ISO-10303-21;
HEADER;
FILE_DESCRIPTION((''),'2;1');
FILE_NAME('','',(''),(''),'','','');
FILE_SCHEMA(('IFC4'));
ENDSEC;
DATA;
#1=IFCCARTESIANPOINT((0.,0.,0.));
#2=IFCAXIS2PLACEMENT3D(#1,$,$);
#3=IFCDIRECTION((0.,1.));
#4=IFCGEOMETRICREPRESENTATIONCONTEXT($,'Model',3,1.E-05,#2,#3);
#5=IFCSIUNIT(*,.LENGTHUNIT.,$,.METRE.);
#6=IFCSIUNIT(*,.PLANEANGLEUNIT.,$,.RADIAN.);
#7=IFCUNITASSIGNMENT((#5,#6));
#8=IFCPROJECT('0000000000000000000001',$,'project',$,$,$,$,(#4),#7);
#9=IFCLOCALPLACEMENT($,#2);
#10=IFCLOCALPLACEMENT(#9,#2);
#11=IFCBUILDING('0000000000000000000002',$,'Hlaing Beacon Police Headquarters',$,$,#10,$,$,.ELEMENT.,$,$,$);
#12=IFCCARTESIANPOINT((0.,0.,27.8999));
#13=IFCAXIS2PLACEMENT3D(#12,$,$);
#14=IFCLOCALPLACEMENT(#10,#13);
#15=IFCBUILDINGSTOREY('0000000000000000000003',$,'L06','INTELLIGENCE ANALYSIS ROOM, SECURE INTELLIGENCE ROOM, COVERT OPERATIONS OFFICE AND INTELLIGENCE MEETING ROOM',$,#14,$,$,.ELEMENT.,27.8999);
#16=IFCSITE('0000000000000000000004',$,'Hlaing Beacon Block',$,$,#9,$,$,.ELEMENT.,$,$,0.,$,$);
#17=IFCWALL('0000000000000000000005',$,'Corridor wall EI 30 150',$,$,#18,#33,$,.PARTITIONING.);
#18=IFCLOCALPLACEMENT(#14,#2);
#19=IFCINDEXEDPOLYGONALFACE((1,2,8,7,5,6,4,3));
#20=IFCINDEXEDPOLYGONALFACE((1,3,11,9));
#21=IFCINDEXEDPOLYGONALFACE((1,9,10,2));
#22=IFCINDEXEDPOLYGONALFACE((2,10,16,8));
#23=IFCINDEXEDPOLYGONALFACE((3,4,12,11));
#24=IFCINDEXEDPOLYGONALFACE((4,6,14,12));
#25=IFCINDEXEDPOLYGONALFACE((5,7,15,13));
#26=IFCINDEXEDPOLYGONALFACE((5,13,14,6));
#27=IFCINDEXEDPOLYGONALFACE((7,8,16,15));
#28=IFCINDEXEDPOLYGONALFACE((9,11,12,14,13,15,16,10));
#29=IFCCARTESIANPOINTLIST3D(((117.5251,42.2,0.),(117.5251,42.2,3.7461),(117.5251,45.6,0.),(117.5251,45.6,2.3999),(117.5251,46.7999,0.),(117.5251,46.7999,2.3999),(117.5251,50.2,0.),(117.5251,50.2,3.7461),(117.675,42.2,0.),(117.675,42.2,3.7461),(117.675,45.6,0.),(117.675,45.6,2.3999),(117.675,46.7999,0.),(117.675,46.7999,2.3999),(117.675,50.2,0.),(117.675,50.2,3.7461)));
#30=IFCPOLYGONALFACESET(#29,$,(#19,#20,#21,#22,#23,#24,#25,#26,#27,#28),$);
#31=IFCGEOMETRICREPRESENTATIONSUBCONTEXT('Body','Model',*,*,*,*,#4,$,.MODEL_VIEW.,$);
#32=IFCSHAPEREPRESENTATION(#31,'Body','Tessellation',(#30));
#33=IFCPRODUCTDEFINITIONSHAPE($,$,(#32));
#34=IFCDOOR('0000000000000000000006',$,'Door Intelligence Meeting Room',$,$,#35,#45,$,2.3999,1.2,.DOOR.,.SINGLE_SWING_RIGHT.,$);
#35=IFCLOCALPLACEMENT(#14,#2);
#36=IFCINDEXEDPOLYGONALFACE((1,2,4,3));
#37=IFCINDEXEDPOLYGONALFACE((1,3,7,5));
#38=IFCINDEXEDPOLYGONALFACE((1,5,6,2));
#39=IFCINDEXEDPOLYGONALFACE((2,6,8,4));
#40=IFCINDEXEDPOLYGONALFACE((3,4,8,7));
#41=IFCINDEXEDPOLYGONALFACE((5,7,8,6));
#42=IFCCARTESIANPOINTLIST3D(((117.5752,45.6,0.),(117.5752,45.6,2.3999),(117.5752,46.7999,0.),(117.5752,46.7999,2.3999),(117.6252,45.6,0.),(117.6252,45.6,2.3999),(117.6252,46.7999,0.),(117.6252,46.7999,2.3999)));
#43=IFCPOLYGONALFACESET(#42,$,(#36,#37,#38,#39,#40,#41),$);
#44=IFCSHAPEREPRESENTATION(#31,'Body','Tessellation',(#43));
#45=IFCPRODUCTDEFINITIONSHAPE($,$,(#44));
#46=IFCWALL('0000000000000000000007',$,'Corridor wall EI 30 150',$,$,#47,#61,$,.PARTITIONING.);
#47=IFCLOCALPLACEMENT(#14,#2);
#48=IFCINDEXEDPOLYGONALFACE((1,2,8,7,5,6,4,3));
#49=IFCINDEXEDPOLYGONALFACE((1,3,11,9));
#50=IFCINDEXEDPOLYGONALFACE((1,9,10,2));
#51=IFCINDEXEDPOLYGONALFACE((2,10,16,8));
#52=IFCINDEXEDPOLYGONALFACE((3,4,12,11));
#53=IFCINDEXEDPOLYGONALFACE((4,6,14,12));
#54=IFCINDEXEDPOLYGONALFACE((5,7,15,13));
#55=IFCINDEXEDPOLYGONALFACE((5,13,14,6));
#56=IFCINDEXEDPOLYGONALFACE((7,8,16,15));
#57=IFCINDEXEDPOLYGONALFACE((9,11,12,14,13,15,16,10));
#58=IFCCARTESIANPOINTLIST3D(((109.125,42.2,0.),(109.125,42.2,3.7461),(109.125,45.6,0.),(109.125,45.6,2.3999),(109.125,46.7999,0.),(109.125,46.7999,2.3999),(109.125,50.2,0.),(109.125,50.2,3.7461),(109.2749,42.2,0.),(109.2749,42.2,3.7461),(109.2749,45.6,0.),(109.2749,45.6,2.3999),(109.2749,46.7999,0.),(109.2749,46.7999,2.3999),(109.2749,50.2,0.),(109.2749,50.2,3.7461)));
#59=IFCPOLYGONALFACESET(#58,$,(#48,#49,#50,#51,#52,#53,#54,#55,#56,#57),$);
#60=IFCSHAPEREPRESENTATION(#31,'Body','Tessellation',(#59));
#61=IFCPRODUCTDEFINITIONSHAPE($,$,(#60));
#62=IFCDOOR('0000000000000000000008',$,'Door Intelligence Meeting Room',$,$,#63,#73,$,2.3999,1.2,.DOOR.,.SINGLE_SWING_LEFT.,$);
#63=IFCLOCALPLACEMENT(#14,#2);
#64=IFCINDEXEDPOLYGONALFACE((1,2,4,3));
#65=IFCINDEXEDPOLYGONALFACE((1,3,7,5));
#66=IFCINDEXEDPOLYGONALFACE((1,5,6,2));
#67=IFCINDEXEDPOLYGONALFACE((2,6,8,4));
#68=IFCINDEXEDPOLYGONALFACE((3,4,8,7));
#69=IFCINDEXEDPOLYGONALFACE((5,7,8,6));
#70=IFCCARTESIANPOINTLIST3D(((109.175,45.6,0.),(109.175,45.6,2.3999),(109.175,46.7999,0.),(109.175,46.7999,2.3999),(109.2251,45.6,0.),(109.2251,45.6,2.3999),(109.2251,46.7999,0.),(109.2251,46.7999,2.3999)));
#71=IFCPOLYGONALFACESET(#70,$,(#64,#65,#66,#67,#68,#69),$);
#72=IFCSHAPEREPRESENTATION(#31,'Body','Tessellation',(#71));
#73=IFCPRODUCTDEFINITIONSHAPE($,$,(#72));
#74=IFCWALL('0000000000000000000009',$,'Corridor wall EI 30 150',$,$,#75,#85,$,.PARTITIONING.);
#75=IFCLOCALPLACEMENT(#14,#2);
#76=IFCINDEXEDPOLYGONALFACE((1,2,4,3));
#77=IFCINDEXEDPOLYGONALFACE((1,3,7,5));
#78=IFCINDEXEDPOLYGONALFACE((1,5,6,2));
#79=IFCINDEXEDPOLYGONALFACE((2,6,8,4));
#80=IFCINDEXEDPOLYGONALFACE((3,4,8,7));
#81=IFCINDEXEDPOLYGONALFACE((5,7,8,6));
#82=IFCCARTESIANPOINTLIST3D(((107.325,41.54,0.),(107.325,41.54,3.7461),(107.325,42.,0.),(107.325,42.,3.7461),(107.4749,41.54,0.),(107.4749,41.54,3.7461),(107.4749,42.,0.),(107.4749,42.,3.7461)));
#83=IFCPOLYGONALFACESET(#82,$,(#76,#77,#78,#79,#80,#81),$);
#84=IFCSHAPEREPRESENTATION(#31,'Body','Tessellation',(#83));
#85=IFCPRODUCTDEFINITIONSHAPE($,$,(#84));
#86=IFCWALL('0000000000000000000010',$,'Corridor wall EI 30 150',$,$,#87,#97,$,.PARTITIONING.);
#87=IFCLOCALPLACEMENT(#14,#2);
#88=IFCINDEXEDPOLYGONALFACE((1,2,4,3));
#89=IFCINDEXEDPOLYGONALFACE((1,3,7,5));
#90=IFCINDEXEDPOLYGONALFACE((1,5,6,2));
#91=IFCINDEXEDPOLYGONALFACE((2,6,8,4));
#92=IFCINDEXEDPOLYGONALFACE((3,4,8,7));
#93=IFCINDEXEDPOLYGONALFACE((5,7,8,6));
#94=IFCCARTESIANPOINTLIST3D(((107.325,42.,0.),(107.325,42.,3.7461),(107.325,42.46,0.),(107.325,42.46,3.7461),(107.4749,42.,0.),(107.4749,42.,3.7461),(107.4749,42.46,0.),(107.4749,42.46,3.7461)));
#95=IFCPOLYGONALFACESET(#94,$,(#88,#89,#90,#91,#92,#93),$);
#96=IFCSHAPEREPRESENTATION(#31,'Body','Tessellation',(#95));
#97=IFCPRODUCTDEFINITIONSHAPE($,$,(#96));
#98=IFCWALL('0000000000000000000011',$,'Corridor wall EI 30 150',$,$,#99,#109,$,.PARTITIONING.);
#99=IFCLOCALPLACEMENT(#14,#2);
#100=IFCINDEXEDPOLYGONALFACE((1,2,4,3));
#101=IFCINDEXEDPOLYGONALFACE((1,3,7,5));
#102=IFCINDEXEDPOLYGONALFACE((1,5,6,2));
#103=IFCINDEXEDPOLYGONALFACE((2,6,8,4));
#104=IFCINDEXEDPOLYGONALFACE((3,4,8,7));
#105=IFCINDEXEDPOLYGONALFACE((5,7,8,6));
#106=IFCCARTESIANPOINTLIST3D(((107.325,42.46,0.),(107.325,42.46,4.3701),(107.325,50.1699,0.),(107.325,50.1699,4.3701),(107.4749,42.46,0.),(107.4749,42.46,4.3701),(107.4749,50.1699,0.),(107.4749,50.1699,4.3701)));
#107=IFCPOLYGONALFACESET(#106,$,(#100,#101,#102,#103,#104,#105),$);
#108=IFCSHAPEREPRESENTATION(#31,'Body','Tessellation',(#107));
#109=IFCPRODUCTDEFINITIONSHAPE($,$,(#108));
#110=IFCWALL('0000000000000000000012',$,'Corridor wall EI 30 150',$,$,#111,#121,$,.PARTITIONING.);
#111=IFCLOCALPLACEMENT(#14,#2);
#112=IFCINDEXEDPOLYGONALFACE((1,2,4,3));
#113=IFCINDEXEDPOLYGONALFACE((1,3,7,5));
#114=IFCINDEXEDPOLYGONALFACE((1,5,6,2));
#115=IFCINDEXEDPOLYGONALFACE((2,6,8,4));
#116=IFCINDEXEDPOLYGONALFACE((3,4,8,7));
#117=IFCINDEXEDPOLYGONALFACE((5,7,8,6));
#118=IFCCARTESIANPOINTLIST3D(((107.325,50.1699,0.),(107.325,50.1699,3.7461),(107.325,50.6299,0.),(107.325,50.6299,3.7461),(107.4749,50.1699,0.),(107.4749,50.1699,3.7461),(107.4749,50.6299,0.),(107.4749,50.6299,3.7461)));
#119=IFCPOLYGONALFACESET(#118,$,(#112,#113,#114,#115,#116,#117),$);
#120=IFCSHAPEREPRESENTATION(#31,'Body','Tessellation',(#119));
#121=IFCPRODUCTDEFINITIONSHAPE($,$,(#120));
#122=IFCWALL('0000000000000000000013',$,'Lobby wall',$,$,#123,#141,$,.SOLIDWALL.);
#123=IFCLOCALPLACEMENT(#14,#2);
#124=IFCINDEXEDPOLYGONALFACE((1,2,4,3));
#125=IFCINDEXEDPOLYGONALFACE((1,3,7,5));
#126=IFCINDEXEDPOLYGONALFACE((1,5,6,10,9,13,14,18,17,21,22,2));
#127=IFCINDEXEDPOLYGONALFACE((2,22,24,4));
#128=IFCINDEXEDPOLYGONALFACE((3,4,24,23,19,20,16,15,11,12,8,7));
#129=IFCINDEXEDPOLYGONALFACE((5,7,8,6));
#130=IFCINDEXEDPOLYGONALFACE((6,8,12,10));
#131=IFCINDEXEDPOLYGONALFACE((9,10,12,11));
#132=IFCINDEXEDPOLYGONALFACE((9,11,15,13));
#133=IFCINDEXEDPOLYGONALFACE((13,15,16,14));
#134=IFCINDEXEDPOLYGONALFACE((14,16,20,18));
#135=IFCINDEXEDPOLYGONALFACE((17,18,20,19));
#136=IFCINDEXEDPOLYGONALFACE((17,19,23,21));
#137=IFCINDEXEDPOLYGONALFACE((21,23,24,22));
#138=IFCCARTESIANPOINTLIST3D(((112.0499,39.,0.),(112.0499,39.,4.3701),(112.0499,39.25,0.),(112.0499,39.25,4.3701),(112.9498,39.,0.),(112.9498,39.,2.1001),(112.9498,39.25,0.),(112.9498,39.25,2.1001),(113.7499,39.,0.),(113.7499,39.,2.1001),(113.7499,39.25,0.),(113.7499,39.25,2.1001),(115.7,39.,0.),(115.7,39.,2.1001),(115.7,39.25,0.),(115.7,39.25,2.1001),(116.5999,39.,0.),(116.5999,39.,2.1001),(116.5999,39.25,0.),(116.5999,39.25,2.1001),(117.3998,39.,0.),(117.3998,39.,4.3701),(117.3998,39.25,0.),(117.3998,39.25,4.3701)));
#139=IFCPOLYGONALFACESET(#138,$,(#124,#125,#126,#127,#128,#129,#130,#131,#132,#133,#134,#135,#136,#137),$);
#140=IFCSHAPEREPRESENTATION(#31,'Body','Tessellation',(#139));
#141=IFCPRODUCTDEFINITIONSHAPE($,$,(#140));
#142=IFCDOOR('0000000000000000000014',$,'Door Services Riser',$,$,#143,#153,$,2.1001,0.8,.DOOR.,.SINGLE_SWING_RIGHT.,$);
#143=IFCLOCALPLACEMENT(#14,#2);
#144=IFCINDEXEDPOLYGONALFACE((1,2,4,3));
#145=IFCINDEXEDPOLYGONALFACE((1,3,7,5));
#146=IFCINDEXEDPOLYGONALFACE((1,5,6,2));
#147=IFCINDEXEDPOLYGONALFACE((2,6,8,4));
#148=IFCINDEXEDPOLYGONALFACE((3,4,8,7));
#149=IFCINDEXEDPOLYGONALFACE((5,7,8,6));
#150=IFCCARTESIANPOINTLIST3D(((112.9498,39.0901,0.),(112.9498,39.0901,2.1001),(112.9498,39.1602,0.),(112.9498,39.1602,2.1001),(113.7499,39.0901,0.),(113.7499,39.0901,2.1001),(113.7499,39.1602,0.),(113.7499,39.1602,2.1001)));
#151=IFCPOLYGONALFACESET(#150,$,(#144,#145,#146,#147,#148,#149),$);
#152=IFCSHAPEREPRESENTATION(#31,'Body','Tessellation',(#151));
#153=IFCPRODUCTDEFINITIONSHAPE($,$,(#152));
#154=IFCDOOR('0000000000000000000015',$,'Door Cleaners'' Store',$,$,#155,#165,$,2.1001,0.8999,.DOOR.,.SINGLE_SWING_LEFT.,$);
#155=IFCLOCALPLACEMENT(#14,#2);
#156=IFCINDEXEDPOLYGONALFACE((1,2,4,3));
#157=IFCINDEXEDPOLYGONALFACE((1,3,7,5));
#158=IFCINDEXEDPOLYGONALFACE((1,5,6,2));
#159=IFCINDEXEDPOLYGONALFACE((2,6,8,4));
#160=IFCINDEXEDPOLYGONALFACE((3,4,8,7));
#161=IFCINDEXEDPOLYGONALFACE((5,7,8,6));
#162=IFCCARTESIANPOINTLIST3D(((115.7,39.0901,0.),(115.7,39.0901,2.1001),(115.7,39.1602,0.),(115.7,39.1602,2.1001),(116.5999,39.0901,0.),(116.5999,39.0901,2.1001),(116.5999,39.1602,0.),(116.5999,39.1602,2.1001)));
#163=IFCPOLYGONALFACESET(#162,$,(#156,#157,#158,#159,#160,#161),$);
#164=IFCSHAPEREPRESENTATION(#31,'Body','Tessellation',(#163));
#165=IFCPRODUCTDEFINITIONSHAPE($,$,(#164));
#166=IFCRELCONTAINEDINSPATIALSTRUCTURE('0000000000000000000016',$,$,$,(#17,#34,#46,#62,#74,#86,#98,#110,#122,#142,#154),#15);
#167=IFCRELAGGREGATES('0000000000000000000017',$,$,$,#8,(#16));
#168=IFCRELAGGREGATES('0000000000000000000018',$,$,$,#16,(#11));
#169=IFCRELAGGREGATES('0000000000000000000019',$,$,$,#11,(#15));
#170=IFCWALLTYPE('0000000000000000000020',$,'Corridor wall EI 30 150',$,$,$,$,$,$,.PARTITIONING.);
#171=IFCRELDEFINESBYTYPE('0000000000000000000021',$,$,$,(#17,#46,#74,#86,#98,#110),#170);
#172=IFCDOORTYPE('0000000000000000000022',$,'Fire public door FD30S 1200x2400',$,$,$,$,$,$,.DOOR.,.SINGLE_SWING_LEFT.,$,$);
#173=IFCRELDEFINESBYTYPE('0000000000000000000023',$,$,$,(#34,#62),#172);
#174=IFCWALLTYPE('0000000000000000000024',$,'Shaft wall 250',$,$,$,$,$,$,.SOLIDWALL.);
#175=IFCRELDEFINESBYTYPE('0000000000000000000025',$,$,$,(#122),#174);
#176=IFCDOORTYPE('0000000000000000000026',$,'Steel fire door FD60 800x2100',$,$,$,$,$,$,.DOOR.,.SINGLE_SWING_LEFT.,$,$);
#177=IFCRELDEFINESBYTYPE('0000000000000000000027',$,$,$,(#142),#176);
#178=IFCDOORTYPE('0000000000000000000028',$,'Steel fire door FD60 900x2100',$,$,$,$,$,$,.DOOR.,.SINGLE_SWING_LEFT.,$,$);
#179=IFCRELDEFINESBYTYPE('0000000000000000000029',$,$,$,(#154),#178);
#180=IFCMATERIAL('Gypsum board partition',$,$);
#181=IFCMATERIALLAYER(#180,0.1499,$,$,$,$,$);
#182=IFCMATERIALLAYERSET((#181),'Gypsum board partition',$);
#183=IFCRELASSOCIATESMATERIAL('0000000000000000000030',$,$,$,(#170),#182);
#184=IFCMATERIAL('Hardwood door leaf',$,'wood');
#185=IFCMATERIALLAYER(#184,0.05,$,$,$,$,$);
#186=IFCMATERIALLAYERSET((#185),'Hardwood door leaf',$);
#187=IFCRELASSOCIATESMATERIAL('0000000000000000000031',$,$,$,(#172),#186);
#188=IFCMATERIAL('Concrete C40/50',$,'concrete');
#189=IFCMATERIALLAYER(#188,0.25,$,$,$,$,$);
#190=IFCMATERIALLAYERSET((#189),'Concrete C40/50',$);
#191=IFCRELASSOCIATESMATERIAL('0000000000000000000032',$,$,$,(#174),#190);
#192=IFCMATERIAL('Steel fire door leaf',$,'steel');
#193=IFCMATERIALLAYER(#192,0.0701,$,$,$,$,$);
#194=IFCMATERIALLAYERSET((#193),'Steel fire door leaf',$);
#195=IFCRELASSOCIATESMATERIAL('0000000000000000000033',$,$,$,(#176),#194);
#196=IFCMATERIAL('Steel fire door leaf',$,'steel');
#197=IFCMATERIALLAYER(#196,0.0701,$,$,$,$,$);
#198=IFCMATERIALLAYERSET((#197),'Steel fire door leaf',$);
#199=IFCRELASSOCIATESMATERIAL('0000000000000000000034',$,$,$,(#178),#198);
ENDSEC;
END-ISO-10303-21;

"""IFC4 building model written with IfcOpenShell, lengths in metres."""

from ifc_helpers import new_model, si_unit, direction, frame, frame_2d, origin, place, context, subcontext, project, spatial, rectangle, extrude, material, layer, layer_set, type_object, element, fill, save


model = new_model("IFC4")

# Units and contexts
model_context = context("Model", 3, precision=1e-05, world=origin(), true_north=direction((0.0, 1.0)))
body_context = subcontext(model_context, "Body", "Model", "MODEL_VIEW")
ifc_project = project(units=[si_unit("LENGTHUNIT", "METRE"), si_unit("PLANEANGLEUNIT", "RADIAN")], contexts=[model_context])

# Site, building, storey
site_placement = place(None, origin())
site = spatial("IfcSite", under=ifc_project, at=site_placement, Name="Hlaing Beacon Block", CompositionType="ELEMENT", RefElevation=0.0)
building_placement = place(site_placement, origin())
building = spatial("IfcBuilding", under=site, at=building_placement, Name="Hlaing Beacon Police Headquarters", CompositionType="ELEMENT")
storey_placement = place(building_placement, frame((0.0, 0.0, 27.8999)))
storey = spatial("IfcBuildingStorey", under=building, at=storey_placement, Name="L06", Description="INTELLIGENCE ANALYSIS ROOM, SECURE INTELLIGENCE ROOM, COVERT OPERATIONS OFFICE AND INTELLIGENCE MEETING ROOM", CompositionType="ELEMENT", Elevation=27.8999)

# Walls, openings, doors
ifc_material_1 = material(Name="Gypsum board partition")
ifc_layer_1 = layer(ifc_material_1, 0.1499)
ifc_layer_set_1 = layer_set([ifc_layer_1], Name="Gypsum board partition")
wall_type_1 = type_object("IfcWallType", Name="Corridor wall EI 30 150", PredefinedType="PARTITIONING", material=ifc_layer_set_1)
wall_1_placement = place(storey_placement, frame((117.6001, 42.2, 0.0), z_axis=(0.0, 0.0, 1.0), x_axis=(0.0, 1.0, 0.0)))
wall_1 = element("IfcWall", 1, at=wall_1_placement, inside=storey, type_object=wall_type_1, Name="Corridor wall EI 30 150", PredefinedType="PARTITIONING", context=body_context, shape_type="SweptSolid", body=[
    extrude(rectangle(XDim=8.0, YDim=0.1499, at=frame_2d((4.0, 0.0))), origin(), (0.0, 0.0, 1.0), 3.7461),
])
opening_1_placement = place(wall_1_placement, frame((3.3999, 0.0, 0.0)))
opening_1 = element("IfcOpeningElement", 2, at=opening_1_placement, cuts=wall_1, PredefinedType="OPENING", context=body_context, shape_type="SweptSolid", body=[
    extrude(rectangle(XDim=1.2, YDim=2.3999, at=frame_2d((0.6001, 1.2))), frame((0.0, 0.085, 0.0), z_axis=(0.0, -1.0, 0.0), x_axis=(1.0, 0.0, 0.0)), (0.0, 0.0, 1.0), 0.1699),
])
ifc_material_2 = material(Name="Hardwood door leaf", Category="wood")
ifc_layer_2 = layer(ifc_material_2, 0.05)
ifc_layer_set_2 = layer_set([ifc_layer_2], Name="Hardwood door leaf")
door_type_1 = type_object("IfcDoorType", Name="Fire public door FD30S 1200x2400", OperationType="SINGLE_SWING_LEFT", PredefinedType="DOOR", material=ifc_layer_set_2)
door_1_placement = place(opening_1_placement, frame((1.2, 0.0, 0.0), z_axis=(0.0, 0.0, 1.0), x_axis=(-1.0, 0.0, 0.0)))
door_1 = element("IfcDoor", 3, at=door_1_placement, inside=storey, type_object=door_type_1, Name="Door Intelligence Meeting Room", OperationType="SINGLE_SWING_RIGHT", OverallHeight=2.3999, OverallWidth=1.2, PredefinedType="DOOR", context=body_context, shape_type="SweptSolid", body=[
    extrude(rectangle(XDim=1.2, YDim=2.3999, at=frame_2d((0.5999, 1.2))), frame((0.0, 0.0251, 0.0), z_axis=(0.0, -1.0, 0.0), x_axis=(1.0, 0.0, 0.0)), (0.0, 0.0, 1.0), 0.05),
])
fill(opening_1, door_1)
wall_2_placement = place(storey_placement, frame((109.2, 42.2, 0.0), z_axis=(0.0, 0.0, 1.0), x_axis=(0.0, 1.0, 0.0)))
wall_2 = element("IfcWall", 4, at=wall_2_placement, inside=storey, type_object=wall_type_1, Name="Corridor wall EI 30 150", PredefinedType="PARTITIONING", context=body_context, shape_type="SweptSolid", body=[
    extrude(rectangle(XDim=8.0, YDim=0.1499, at=frame_2d((4.0, 0.0))), origin(), (0.0, 0.0, 1.0), 3.7461),
])
opening_2_placement = place(wall_2_placement, frame((3.3999, 0.0, 0.0)))
opening_2 = element("IfcOpeningElement", 5, at=opening_2_placement, cuts=wall_2, PredefinedType="OPENING", context=body_context, shape_type="SweptSolid", body=[
    extrude(rectangle(XDim=1.2, YDim=2.3999, at=frame_2d((0.6001, 1.2))), frame((0.0, 0.085, 0.0), z_axis=(0.0, -1.0, 0.0), x_axis=(1.0, 0.0, 0.0)), (0.0, 0.0, 1.0), 0.1699),
])
door_2_placement = place(opening_2_placement, origin())
door_2 = element("IfcDoor", 6, at=door_2_placement, inside=storey, type_object=door_type_1, Name="Door Intelligence Meeting Room", OperationType="SINGLE_SWING_LEFT", OverallHeight=2.3999, OverallWidth=1.2, PredefinedType="DOOR", context=body_context, shape_type="SweptSolid", body=[
    extrude(rectangle(XDim=1.2, YDim=2.3999, at=frame_2d((0.6001, 1.2))), frame((0.0, 0.0249, 0.0), z_axis=(0.0, -1.0, 0.0), x_axis=(1.0, 0.0, 0.0)), (0.0, 0.0, 1.0), 0.05),
])
fill(opening_2, door_2)

# Walls
for number, where, z_axis, x_axis, name in (
    (7, (107.3999, 41.54, 0.0), (0.0, 0.0, 1.0), (0.0, 1.0, 0.0), "Corridor wall EI 30 150"),
    (8, (107.3999, 42.0, 0.0), (0.0, 0.0, 1.0), (0.0, 1.0, 0.0), "Corridor wall EI 30 150"),
):
    element("IfcWall", number, at=place(storey_placement, frame(where, z_axis=z_axis, x_axis=x_axis)), inside=storey, type_object=wall_type_1, Name=name, PredefinedType="PARTITIONING", context=body_context, shape_type="SweptSolid", body=[
        extrude(rectangle(XDim=0.46, YDim=0.1499, at=frame_2d((0.23, 0.0))), origin(), (0.0, 0.0, 1.0), 3.7461),
    ])
wall_3_placement = place(storey_placement, frame((107.3999, 42.46, 0.0), z_axis=(0.0, 0.0, 1.0), x_axis=(0.0, 1.0, 0.0)))
element("IfcWall", 9, at=wall_3_placement, inside=storey, type_object=wall_type_1, Name="Corridor wall EI 30 150", PredefinedType="PARTITIONING", context=body_context, shape_type="SweptSolid", body=[
    extrude(rectangle(XDim=7.71, YDim=0.1499, at=frame_2d((3.855, 0.0))), origin(), (0.0, 0.0, 1.0), 4.3701),
])
wall_4_placement = place(storey_placement, frame((107.3999, 50.1699, 0.0), z_axis=(0.0, 0.0, 1.0), x_axis=(0.0, 1.0, 0.0)))
element("IfcWall", 10, at=wall_4_placement, inside=storey, type_object=wall_type_1, Name="Corridor wall EI 30 150", PredefinedType="PARTITIONING", context=body_context, shape_type="SweptSolid", body=[
    extrude(rectangle(XDim=0.46, YDim=0.1499, at=frame_2d((0.23, 0.0))), origin(), (0.0, 0.0, 1.0), 3.7461),
])

# Wall, openings, doors
ifc_material_3 = material(Name="Concrete C40/50", Category="concrete")
ifc_layer_3 = layer(ifc_material_3, 0.25)
ifc_layer_set_3 = layer_set([ifc_layer_3], Name="Concrete C40/50")
wall_type_2 = type_object("IfcWallType", Name="Shaft wall 250", PredefinedType="SOLIDWALL", material=ifc_layer_set_3)
wall_5_placement = place(storey_placement, frame((112.05, 39.125, 0.0), z_axis=(0.0, 0.0, 1.0), x_axis=(1.0, 0.0, 0.0)))
wall_5 = element("IfcWall", 11, at=wall_5_placement, inside=storey, type_object=wall_type_2, Name="Lobby wall", PredefinedType="SOLIDWALL", context=body_context, shape_type="SweptSolid", body=[
    extrude(rectangle(XDim=5.3499, YDim=0.25, at=frame_2d((2.6748, 0.0))), origin(), (0.0, 0.0, 1.0), 4.3701),
])
opening_3_placement = place(wall_5_placement, frame((3.6499, 0.0, 0.0)))
opening_3 = element("IfcOpeningElement", 12, at=opening_3_placement, cuts=wall_5, PredefinedType="OPENING", context=body_context, shape_type="SweptSolid", body=[
    extrude(rectangle(XDim=0.8999, YDim=2.1001, at=frame_2d((0.45, 1.05))), frame((0.0, 0.135, 0.0), z_axis=(0.0, -1.0, 0.0), x_axis=(1.0, 0.0, 0.0)), (0.0, 0.0, 1.0), 0.27),
])
opening_4_placement = place(wall_5_placement, frame((0.8999, 0.0, 0.0)))
opening_4 = element("IfcOpeningElement", 13, at=opening_4_placement, cuts=wall_5, PredefinedType="OPENING", context=body_context, shape_type="SweptSolid", body=[
    extrude(rectangle(XDim=0.8, YDim=2.1001, at=frame_2d((0.3999, 1.05))), frame((0.0, 0.135, 0.0), z_axis=(0.0, -1.0, 0.0), x_axis=(1.0, 0.0, 0.0)), (0.0, 0.0, 1.0), 0.27),
])
ifc_material_4 = material(Name="Steel fire door leaf", Category="steel")
ifc_layer_4 = layer(ifc_material_4, 0.0701)
ifc_layer_set_4 = layer_set([ifc_layer_4], Name="Steel fire door leaf")
door_type_2 = type_object("IfcDoorType", Name="Steel fire door FD60 800x2100", OperationType="SINGLE_SWING_LEFT", PredefinedType="DOOR", material=ifc_layer_set_4)
door_3_placement = place(opening_4_placement, origin())
door_3 = element("IfcDoor", 14, at=door_3_placement, inside=storey, type_object=door_type_2, Name="Door Services Riser", OperationType="SINGLE_SWING_RIGHT", OverallHeight=2.1001, OverallWidth=0.8, PredefinedType="DOOR", context=body_context, shape_type="SweptSolid", body=[
    extrude(rectangle(XDim=0.8, YDim=2.1001, at=frame_2d((0.3999, 1.05))), frame((0.0, 0.0352, 0.0), z_axis=(0.0, -1.0, 0.0), x_axis=(1.0, 0.0, 0.0)), (0.0, 0.0, 1.0), 0.0701),
])
fill(opening_4, door_3)
ifc_material_5 = material(Name="Steel fire door leaf", Category="steel")
ifc_layer_5 = layer(ifc_material_5, 0.0701)
ifc_layer_set_5 = layer_set([ifc_layer_5], Name="Steel fire door leaf")
door_type_3 = type_object("IfcDoorType", Name="Steel fire door FD60 900x2100", OperationType="SINGLE_SWING_LEFT", PredefinedType="DOOR", material=ifc_layer_set_5)
door_4_placement = place(opening_3_placement, origin())
door_4 = element("IfcDoor", 15, at=door_4_placement, inside=storey, type_object=door_type_3, Name="Door Cleaners' Store", OperationType="SINGLE_SWING_LEFT", OverallHeight=2.1001, OverallWidth=0.8999, PredefinedType="DOOR", context=body_context, shape_type="SweptSolid", body=[
    extrude(rectangle(XDim=0.8999, YDim=2.1001, at=frame_2d((0.45, 1.05))), frame((0.0, 0.0352, 0.0), z_axis=(0.0, -1.0, 0.0), x_axis=(1.0, 0.0, 0.0)), (0.0, 0.0, 1.0), 0.0701),
])
fill(opening_3, door_4)

save(model, "model.ifc")
